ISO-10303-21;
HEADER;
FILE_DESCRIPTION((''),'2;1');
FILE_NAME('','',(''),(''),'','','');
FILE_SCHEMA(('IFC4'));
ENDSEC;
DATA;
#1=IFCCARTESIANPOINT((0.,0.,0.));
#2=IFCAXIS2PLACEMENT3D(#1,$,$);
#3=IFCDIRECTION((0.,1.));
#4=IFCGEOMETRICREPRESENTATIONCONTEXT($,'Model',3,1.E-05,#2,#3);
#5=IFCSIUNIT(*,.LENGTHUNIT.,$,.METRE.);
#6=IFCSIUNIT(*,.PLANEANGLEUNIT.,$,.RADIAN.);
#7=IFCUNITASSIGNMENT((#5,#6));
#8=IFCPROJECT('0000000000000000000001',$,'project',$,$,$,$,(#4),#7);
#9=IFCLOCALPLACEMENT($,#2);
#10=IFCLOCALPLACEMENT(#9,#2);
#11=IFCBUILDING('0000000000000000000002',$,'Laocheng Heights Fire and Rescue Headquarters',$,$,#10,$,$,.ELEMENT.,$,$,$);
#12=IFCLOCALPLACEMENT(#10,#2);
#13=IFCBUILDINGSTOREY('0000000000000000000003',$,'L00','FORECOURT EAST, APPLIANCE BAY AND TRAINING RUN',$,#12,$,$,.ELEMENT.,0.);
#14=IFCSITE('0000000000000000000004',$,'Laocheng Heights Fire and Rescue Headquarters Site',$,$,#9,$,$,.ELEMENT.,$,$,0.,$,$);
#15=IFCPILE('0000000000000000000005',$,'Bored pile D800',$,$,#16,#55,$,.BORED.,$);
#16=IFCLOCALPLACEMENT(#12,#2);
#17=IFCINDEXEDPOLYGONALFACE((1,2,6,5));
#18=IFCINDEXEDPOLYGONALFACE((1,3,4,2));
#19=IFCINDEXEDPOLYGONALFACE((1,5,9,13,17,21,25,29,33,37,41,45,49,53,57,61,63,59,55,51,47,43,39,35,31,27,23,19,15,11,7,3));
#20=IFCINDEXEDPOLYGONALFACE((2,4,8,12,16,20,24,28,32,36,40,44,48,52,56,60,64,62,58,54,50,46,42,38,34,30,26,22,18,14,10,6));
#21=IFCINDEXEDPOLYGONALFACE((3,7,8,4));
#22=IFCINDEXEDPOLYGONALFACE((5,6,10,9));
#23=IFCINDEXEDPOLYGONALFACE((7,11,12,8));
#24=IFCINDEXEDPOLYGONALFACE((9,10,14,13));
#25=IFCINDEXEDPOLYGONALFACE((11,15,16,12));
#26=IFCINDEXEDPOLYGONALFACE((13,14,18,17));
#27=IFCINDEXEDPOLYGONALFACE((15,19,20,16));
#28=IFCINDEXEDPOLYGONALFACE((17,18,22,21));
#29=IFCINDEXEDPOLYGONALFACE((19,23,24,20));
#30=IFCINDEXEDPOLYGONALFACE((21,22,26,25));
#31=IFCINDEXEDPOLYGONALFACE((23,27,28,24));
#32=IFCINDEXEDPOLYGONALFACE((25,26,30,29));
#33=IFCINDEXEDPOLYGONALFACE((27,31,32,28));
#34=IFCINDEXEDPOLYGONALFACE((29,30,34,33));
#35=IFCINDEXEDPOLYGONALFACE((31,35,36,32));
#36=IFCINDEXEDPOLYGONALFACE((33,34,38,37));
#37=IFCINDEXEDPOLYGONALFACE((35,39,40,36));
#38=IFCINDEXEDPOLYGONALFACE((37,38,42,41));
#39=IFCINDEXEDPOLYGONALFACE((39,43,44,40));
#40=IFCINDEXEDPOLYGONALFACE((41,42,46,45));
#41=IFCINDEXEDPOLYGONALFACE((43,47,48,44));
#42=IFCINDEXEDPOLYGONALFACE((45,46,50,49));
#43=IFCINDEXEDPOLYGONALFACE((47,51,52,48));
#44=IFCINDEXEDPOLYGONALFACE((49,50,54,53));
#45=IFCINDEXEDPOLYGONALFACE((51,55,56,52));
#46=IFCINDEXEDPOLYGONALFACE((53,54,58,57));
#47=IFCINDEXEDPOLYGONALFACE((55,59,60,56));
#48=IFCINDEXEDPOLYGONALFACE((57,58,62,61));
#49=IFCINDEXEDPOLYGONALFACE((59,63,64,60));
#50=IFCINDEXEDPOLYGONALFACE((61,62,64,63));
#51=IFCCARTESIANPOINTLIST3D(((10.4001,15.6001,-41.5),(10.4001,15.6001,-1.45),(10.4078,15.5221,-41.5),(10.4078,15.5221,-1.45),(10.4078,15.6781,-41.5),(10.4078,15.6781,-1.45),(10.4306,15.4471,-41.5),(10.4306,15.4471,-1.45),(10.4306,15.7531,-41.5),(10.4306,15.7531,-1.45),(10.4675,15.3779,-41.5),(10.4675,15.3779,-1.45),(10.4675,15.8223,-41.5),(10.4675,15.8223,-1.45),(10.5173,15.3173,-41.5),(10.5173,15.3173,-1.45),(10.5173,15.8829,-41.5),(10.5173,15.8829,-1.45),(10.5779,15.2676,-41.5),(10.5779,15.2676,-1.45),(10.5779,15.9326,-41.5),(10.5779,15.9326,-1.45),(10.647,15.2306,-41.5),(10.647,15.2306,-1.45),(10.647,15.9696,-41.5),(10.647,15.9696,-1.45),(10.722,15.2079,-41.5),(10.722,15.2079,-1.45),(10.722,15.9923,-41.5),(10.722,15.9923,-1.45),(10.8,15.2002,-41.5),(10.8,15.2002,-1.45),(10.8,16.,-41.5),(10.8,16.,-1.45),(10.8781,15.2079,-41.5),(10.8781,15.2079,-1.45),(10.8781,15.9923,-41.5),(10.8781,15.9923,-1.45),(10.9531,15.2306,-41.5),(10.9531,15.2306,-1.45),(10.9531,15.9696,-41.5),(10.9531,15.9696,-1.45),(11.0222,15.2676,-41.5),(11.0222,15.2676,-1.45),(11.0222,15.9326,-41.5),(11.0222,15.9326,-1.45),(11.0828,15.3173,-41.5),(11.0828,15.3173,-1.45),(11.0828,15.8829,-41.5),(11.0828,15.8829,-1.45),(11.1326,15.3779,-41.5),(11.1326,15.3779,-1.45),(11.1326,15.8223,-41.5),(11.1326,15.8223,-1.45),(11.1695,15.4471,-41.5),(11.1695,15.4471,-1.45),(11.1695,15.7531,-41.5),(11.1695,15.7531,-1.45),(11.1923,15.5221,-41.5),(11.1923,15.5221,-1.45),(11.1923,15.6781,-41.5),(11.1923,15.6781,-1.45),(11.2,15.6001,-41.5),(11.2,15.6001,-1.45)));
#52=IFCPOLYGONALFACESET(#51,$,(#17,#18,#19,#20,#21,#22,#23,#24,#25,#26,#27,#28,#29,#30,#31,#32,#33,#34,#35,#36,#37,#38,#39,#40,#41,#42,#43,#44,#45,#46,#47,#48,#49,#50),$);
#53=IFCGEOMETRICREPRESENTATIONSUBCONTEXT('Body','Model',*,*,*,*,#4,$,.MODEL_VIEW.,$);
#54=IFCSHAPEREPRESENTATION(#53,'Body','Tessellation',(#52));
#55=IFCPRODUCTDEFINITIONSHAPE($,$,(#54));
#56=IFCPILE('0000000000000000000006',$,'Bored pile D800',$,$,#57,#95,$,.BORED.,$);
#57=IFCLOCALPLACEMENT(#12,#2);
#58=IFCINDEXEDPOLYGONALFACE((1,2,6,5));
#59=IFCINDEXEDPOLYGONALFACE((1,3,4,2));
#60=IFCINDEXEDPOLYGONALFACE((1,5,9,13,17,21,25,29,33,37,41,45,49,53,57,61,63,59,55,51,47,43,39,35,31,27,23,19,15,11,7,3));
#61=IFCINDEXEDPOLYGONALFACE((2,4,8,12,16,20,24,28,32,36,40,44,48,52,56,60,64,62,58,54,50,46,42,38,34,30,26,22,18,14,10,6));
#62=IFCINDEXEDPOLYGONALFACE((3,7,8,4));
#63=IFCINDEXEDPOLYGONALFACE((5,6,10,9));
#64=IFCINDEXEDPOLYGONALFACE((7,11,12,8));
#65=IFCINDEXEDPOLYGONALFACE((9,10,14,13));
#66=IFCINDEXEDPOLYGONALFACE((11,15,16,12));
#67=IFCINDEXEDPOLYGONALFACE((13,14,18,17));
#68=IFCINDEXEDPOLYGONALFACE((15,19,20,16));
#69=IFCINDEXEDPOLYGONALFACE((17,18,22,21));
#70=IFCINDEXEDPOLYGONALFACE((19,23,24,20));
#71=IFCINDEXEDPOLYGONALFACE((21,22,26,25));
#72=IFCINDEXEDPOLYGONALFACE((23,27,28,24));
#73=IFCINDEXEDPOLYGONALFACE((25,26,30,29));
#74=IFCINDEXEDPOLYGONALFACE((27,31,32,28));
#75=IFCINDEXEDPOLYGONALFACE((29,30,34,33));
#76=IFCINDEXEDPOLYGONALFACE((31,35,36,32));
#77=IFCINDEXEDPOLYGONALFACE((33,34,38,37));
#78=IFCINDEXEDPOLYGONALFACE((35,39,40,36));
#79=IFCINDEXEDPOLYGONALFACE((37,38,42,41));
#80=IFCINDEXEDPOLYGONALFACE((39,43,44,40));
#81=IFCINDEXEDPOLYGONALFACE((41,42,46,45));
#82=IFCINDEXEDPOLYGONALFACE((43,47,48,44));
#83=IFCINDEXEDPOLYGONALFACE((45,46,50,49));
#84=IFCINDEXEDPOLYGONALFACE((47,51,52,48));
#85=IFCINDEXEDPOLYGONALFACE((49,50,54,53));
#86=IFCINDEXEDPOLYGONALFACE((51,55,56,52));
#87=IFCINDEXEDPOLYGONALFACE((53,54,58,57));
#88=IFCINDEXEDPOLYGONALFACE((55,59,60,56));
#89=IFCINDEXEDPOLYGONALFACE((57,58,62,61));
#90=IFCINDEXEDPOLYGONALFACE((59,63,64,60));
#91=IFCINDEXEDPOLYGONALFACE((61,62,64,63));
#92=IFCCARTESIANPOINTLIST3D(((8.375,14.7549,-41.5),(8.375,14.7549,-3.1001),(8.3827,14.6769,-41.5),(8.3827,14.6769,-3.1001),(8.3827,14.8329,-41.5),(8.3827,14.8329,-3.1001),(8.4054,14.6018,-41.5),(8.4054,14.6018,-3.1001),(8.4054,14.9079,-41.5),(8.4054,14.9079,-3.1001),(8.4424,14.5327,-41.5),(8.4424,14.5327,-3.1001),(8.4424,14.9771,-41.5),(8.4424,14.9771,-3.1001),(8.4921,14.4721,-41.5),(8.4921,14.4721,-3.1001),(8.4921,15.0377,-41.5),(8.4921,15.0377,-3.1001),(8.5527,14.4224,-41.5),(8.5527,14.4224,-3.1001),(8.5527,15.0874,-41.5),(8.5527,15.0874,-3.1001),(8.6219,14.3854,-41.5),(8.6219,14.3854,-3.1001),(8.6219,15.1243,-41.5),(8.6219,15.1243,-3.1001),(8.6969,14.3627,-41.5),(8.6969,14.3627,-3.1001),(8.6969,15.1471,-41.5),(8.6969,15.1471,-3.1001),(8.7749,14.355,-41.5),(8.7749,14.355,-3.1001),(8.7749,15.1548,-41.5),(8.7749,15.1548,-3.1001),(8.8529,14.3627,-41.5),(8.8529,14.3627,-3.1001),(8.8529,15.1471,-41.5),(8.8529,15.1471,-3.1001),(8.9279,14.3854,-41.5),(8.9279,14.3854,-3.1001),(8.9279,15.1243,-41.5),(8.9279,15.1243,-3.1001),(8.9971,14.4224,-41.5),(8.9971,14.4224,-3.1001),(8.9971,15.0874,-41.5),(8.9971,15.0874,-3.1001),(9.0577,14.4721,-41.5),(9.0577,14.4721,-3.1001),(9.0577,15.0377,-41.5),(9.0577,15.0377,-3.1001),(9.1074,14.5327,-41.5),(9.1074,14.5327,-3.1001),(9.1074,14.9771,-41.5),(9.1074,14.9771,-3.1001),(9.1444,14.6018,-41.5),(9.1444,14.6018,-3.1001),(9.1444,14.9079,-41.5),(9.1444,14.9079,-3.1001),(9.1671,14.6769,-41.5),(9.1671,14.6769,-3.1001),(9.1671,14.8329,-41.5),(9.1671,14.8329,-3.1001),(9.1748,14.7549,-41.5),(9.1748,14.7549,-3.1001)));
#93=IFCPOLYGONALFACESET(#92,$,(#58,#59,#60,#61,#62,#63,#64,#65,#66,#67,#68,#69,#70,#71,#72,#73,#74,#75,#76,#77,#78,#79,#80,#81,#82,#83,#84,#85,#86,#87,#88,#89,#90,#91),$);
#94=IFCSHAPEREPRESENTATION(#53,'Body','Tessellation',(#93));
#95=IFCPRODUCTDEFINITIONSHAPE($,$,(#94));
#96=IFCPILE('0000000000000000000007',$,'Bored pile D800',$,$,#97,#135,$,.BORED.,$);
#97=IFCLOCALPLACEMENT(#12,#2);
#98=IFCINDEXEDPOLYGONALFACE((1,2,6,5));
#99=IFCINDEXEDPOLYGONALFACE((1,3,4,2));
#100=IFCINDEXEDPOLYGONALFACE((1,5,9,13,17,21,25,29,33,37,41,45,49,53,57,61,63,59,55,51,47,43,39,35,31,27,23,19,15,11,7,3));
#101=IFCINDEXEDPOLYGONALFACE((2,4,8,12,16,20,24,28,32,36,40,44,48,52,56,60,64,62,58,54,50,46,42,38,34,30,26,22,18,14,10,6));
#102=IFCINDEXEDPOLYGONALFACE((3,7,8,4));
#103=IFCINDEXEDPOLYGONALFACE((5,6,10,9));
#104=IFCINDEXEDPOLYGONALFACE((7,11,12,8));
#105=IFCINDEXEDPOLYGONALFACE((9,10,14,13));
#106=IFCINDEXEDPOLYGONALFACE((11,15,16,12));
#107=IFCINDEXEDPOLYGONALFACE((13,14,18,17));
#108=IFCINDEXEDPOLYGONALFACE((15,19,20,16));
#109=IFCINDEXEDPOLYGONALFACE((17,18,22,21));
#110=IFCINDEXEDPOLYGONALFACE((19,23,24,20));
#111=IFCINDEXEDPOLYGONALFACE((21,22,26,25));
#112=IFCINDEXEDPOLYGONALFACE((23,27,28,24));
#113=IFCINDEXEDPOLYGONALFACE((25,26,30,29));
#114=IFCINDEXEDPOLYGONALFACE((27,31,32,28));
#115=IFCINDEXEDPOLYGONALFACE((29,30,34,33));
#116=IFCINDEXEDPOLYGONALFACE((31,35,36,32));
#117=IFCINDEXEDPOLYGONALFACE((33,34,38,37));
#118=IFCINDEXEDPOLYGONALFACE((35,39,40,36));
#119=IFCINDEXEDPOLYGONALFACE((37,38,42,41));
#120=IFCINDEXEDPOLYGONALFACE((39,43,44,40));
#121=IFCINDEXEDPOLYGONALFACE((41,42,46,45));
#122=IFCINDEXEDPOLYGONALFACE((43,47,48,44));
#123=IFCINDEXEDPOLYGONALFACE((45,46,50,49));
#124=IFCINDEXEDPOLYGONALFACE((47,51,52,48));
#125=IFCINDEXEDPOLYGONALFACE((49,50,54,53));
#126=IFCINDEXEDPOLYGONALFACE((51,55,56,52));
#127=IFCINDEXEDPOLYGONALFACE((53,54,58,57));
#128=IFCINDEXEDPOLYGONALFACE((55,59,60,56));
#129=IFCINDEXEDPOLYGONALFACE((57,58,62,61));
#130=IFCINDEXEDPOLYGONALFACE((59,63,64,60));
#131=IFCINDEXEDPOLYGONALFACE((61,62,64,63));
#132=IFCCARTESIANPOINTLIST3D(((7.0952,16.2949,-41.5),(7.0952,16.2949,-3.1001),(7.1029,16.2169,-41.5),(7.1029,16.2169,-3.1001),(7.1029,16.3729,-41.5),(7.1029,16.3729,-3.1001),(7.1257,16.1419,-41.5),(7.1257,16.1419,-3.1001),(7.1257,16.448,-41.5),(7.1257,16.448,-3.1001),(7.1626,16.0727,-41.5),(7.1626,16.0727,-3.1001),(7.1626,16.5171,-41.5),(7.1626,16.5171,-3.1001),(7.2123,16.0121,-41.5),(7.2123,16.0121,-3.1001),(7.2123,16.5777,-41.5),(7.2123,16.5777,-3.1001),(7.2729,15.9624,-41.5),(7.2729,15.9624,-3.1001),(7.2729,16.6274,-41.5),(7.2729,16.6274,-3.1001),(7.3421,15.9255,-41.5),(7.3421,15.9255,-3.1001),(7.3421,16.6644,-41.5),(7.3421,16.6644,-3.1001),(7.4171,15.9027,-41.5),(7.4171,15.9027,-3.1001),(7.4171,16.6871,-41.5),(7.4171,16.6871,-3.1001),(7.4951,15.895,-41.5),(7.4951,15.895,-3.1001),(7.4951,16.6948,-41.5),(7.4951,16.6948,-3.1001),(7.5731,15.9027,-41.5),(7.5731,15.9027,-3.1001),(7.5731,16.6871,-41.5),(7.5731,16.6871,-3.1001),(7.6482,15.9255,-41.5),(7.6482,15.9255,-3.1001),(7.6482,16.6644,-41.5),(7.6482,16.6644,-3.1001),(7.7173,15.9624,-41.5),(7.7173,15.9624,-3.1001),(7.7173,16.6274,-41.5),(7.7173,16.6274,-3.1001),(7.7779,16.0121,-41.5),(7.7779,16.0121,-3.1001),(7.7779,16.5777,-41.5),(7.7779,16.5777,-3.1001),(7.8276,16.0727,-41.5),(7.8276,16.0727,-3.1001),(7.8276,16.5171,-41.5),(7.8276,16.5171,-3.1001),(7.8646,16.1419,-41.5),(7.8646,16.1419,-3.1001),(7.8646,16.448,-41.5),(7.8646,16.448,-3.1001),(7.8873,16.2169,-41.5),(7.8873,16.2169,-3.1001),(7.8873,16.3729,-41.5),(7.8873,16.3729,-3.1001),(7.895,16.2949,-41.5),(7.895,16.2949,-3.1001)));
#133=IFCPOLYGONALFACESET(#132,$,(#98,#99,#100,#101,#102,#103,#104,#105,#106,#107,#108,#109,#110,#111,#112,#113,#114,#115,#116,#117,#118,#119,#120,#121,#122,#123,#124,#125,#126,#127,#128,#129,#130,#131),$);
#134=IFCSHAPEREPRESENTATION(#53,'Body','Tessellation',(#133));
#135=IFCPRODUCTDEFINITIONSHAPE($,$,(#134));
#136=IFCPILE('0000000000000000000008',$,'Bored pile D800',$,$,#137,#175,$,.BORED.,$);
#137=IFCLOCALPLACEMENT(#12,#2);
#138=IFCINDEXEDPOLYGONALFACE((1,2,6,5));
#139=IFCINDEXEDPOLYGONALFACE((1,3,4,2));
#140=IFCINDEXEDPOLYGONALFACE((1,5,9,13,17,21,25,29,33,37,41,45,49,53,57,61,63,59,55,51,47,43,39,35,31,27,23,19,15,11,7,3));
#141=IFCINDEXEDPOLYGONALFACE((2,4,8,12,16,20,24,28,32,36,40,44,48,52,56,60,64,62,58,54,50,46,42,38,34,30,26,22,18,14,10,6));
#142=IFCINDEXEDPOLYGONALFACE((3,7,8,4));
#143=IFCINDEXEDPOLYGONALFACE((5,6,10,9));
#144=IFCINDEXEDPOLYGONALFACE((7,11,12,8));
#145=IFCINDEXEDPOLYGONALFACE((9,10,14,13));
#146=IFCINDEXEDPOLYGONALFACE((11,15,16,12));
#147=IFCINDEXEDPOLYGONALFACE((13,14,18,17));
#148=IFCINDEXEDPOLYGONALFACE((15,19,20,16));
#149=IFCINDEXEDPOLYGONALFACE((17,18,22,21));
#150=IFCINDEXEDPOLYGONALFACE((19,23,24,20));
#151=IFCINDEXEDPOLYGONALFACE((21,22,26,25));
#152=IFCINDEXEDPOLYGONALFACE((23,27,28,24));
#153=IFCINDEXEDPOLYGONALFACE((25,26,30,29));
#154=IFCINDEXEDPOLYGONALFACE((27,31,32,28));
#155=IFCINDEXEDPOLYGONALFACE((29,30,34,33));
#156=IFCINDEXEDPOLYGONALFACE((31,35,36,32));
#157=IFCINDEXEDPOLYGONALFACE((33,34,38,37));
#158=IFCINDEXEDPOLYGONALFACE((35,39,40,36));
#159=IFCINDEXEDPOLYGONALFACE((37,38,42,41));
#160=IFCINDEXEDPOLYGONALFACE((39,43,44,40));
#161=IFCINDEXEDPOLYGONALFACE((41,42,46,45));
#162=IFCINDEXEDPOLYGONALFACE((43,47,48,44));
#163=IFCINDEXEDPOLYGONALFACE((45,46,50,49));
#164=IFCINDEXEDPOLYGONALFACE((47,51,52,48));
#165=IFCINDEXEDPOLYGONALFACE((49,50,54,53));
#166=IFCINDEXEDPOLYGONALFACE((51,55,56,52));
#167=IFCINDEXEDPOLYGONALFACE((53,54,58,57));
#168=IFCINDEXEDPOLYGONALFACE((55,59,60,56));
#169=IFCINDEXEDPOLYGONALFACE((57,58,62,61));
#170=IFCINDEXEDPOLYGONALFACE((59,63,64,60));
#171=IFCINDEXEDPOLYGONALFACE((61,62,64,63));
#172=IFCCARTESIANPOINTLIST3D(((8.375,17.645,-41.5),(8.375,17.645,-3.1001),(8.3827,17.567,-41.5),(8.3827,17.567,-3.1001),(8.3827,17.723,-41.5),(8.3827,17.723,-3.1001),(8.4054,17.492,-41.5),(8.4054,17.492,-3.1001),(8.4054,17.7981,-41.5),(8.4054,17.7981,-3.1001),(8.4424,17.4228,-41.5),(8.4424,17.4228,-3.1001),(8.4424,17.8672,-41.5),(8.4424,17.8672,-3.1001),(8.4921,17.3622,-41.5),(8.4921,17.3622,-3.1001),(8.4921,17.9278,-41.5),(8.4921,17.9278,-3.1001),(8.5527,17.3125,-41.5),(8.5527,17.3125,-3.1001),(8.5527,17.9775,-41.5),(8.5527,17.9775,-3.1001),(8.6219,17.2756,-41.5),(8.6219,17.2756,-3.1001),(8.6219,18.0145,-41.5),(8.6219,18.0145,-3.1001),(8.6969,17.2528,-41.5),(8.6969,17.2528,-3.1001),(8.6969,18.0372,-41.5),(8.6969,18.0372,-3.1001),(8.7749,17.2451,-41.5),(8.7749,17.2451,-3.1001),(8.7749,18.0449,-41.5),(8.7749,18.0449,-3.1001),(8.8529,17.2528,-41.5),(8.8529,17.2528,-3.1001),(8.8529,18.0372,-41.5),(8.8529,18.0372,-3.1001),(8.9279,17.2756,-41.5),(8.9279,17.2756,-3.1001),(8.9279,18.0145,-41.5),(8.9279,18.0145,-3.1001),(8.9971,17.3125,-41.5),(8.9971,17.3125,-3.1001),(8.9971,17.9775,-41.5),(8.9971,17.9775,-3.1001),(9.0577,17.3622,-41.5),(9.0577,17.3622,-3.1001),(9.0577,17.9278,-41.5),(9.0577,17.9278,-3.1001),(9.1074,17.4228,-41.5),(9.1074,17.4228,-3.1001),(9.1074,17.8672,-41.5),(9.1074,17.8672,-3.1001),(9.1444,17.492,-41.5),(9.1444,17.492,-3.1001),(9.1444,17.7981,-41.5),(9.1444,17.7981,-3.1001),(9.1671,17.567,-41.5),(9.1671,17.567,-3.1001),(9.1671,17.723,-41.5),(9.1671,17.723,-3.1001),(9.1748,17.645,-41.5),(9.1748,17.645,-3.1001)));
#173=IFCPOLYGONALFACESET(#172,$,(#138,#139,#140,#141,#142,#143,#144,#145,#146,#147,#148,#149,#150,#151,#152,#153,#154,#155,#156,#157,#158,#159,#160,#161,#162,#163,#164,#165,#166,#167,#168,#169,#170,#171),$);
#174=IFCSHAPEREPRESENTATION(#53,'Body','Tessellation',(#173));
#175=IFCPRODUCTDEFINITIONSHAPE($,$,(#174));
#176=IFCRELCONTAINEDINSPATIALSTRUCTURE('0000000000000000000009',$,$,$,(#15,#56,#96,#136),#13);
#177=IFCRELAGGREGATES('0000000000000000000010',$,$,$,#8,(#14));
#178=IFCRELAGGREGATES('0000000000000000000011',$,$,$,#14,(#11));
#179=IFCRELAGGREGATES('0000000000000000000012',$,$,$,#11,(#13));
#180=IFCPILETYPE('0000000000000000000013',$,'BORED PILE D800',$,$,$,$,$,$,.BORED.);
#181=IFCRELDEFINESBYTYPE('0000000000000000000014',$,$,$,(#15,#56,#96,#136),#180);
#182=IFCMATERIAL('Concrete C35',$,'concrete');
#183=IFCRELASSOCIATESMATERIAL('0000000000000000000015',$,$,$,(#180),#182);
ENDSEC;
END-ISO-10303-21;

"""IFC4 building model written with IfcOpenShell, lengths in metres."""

from ifc_helpers import new_model, si_unit, direction, frame, origin, origin_2d, place, context, subcontext, project, spatial, circle, extrude, material, material_profile, profile_set, type_object, element, save


model = new_model("IFC4")

# Units and contexts
model_context = context("Model", 3, precision=1e-05, world=origin(), true_north=direction((0.0, 1.0)))
body_context = subcontext(model_context, "Body", "Model", "MODEL_VIEW")
ifc_project = project(units=[si_unit("LENGTHUNIT", "METRE"), si_unit("PLANEANGLEUNIT", "RADIAN")], contexts=[model_context])

# Site, building, storey
site_placement = place(None, origin())
site = spatial("IfcSite", under=ifc_project, at=site_placement, Name="Laocheng Heights Fire and Rescue Headquarters Site", CompositionType="ELEMENT", RefElevation=0.0)
building_placement = place(site_placement, origin())
building = spatial("IfcBuilding", under=site, at=building_placement, Name="Laocheng Heights Fire and Rescue Headquarters", CompositionType="ELEMENT")
storey_placement = place(building_placement, origin())
storey = spatial("IfcBuildingStorey", under=building, at=storey_placement, Name="L00", Description="FORECOURT EAST, APPLIANCE BAY AND TRAINING RUN", CompositionType="ELEMENT", Elevation=0.0)

# Piles
ifc_material_1 = material(Name="Concrete C35", Category="concrete")
ifc_material_profile_1 = material_profile(ifc_material_1, circle(Radius=0.3999, at=origin_2d()), Name="BORED PILE D800")
ifc_profile_set_1 = profile_set([ifc_material_profile_1], Name="Concrete C35")
pile_type = type_object("IfcPileType", Name="BORED PILE D800", PredefinedType="BORED", material=ifc_profile_set_1)
pile_1_placement = place(storey_placement, frame((10.8, 15.6001, -1.45), z_axis=(0.0, 0.0, -1.0), x_axis=(1.0, 0.0, 0.0)))
element("IfcPile", 1, at=pile_1_placement, inside=storey, type_object=pile_type, Name="Bored pile D800", PredefinedType="BORED", context=body_context, shape_type="SweptSolid", body=[
    extrude(circle(Radius=0.3999, at=origin_2d()), origin(), (0.0, 0.0, 1.0), 40.05),
])
for number, where, z_axis, x_axis, name in (
    (2, (8.7749, 14.7549, -3.1001), (0.0, 0.0, -1.0), (1.0, 0.0, 0.0), "Bored pile D800"),
    (3, (7.4951, 16.2949, -3.1001), (0.0, 0.0, -1.0), (1.0, 0.0, 0.0), "Bored pile D800"),
    (4, (8.7749, 17.645, -3.1001), (0.0, 0.0, -1.0), (1.0, 0.0, 0.0), "Bored pile D800"),
):
    element("IfcPile", number, at=place(storey_placement, frame(where, z_axis=z_axis, x_axis=x_axis)), inside=storey, type_object=pile_type, Name=name, PredefinedType="BORED", context=body_context, shape_type="SweptSolid", body=[
        extrude(circle(Radius=0.3999, at=origin_2d()), origin(), (0.0, 0.0, 1.0), 38.3999),
    ])

save(model, "model.ifc")
